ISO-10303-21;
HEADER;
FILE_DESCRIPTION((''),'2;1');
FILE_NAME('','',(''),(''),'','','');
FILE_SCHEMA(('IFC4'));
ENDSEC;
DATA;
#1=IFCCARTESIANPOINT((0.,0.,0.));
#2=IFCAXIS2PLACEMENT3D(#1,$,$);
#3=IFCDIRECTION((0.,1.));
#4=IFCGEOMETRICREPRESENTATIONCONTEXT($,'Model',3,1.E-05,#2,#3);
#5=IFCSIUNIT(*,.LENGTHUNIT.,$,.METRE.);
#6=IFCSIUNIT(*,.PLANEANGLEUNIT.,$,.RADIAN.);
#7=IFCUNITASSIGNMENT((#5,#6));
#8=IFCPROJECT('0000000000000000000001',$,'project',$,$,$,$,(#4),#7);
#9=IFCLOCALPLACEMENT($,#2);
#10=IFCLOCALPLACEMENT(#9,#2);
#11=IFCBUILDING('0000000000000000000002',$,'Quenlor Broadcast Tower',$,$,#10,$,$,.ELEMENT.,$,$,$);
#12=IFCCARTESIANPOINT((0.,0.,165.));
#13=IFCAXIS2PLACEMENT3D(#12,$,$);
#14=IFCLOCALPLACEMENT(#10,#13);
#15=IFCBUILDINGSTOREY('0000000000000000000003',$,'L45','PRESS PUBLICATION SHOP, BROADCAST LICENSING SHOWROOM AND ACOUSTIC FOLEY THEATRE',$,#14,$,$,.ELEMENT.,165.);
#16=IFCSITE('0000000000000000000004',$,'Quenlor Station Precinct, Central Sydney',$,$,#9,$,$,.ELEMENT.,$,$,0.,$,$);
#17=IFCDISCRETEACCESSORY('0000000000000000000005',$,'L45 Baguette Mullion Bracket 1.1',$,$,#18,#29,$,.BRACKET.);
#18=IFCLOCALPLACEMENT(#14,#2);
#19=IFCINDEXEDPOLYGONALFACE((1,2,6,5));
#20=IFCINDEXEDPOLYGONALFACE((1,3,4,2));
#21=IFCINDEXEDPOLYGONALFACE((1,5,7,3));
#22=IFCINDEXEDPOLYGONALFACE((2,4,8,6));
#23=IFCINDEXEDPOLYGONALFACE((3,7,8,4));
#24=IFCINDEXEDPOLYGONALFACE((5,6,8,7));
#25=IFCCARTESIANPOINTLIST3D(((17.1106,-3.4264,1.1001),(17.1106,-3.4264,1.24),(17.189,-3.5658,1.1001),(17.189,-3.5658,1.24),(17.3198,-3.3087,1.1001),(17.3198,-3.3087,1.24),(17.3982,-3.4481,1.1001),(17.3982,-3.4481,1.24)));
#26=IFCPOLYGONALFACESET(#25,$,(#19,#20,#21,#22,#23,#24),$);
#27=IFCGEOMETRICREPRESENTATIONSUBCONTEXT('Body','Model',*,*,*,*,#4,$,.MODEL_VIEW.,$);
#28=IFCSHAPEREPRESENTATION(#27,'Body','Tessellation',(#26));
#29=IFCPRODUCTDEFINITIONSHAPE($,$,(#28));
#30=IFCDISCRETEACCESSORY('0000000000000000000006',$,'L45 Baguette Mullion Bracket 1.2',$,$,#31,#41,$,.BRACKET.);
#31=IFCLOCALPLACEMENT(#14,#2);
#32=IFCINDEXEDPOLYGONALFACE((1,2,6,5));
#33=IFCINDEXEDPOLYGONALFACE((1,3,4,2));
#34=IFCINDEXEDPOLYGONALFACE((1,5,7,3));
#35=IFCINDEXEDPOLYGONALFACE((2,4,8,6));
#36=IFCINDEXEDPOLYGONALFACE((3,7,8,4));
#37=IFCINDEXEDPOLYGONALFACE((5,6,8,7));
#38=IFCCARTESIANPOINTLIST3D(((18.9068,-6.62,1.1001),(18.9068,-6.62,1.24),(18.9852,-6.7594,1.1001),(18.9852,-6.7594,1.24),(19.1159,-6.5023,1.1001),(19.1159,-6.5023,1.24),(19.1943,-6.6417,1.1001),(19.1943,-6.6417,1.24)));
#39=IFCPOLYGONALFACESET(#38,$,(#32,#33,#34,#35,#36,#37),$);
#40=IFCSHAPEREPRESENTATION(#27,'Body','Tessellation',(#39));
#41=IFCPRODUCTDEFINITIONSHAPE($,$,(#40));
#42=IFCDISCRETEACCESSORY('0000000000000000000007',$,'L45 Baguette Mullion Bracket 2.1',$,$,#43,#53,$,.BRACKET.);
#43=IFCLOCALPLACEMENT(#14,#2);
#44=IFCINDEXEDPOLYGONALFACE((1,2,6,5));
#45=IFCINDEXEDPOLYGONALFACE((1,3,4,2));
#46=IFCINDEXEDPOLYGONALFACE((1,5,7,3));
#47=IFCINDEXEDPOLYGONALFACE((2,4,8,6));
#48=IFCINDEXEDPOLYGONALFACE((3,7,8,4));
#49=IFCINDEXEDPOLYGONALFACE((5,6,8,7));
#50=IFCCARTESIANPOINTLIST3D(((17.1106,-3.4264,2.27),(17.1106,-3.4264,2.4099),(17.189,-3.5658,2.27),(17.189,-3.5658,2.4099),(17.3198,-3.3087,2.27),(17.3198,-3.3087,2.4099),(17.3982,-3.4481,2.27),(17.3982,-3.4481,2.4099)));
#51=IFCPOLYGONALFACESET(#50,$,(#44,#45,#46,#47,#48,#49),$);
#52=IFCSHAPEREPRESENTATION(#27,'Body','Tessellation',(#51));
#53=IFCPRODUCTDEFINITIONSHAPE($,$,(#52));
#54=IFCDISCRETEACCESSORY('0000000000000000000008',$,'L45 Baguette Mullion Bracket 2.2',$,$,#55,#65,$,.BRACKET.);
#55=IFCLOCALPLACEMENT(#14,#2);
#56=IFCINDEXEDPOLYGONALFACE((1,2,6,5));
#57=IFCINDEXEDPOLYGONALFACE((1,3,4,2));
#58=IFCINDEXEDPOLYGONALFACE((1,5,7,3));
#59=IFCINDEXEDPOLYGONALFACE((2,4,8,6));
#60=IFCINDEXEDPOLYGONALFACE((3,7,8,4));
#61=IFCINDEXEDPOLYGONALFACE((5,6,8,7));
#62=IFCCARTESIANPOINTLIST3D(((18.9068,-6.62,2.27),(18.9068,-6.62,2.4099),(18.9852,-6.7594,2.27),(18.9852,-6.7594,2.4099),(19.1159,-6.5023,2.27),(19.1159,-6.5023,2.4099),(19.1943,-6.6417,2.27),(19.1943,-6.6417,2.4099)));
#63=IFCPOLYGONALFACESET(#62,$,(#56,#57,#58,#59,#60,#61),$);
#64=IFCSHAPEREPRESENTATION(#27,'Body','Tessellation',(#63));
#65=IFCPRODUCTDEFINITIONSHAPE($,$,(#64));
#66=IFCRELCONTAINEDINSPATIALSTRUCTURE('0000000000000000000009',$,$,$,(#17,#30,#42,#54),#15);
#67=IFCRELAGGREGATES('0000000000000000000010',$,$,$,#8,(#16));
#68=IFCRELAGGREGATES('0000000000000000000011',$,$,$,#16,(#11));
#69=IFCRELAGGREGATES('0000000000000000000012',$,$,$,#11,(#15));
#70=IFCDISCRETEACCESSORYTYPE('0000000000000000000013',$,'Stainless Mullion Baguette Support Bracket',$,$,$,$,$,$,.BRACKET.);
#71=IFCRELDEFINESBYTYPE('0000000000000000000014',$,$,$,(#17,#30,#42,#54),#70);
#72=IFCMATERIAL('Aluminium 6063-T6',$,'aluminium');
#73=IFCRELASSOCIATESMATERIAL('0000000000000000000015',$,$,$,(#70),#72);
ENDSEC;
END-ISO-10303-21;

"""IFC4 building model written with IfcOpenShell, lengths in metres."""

from ifc_helpers import new_model, si_unit, direction, frame, origin, origin_2d, place, context, subcontext, project, spatial, rectangle, extrude, material, type_object, element, save


model = new_model("IFC4")

# Units and contexts
model_context = context("Model", 3, precision=1e-05, world=origin(), true_north=direction((0.0, 1.0)))
body_context = subcontext(model_context, "Body", "Model", "MODEL_VIEW")
ifc_project = project(units=[si_unit("LENGTHUNIT", "METRE"), si_unit("PLANEANGLEUNIT", "RADIAN")], contexts=[model_context])

# Site, building, storey
site_placement = place(None, origin())
site = spatial("IfcSite", under=ifc_project, at=site_placement, Name="Quenlor Station Precinct, Central Sydney", CompositionType="ELEMENT", RefElevation=0.0)
building_placement = place(site_placement, origin())
building = spatial("IfcBuilding", under=site, at=building_placement, Name="Quenlor Broadcast Tower", CompositionType="ELEMENT")
storey_placement = place(building_placement, frame((0.0, 0.0, 165.0)))
storey = spatial("IfcBuildingStorey", under=building, at=storey_placement, Name="L45", Description="PRESS PUBLICATION SHOP, BROADCAST LICENSING SHOWROOM AND ACOUSTIC FOLEY THEATRE", CompositionType="ELEMENT", Elevation=165.0)

# Discrete accessories
ifc_material_1 = material(Name="Aluminium 6063-T6", Category="aluminium")
discrete_accessory_type = type_object("IfcDiscreteAccessoryType", Name="Stainless Mullion Baguette Support Bracket", PredefinedType="BRACKET", material=ifc_material_1)
for number, where, z_axis, x_axis, name in (
    (1, (17.2544, -3.4373, 1.1001), (0.0, 0.0, 1.0), (0.490259, -0.871577, 0.0), "L45 Baguette Mullion Bracket 1.1"),
    (2, (19.0505, -6.6309, 1.1001), (0.0, 0.0, 1.0), (0.490259, -0.871577, 0.0), "L45 Baguette Mullion Bracket 1.2"),
    (3, (17.2544, -3.4373, 2.27), (0.0, 0.0, 1.0), (0.490259, -0.871577, 0.0), "L45 Baguette Mullion Bracket 2.1"),
    (4, (19.0505, -6.6309, 2.27), (0.0, 0.0, 1.0), (0.490259, -0.871577, 0.0), "L45 Baguette Mullion Bracket 2.2"),
):
    element("IfcDiscreteAccessory", number, at=place(storey_placement, frame(where, z_axis=z_axis, x_axis=x_axis)), inside=storey, type_object=discrete_accessory_type, Name=name, PredefinedType="BRACKET", context=body_context, shape_type="SweptSolid", body=[
        extrude(rectangle(XDim=0.1599, YDim=0.24, at=origin_2d()), origin(), (0.0, 0.0, 1.0), 0.1399),
    ])

save(model, "model.ifc")
